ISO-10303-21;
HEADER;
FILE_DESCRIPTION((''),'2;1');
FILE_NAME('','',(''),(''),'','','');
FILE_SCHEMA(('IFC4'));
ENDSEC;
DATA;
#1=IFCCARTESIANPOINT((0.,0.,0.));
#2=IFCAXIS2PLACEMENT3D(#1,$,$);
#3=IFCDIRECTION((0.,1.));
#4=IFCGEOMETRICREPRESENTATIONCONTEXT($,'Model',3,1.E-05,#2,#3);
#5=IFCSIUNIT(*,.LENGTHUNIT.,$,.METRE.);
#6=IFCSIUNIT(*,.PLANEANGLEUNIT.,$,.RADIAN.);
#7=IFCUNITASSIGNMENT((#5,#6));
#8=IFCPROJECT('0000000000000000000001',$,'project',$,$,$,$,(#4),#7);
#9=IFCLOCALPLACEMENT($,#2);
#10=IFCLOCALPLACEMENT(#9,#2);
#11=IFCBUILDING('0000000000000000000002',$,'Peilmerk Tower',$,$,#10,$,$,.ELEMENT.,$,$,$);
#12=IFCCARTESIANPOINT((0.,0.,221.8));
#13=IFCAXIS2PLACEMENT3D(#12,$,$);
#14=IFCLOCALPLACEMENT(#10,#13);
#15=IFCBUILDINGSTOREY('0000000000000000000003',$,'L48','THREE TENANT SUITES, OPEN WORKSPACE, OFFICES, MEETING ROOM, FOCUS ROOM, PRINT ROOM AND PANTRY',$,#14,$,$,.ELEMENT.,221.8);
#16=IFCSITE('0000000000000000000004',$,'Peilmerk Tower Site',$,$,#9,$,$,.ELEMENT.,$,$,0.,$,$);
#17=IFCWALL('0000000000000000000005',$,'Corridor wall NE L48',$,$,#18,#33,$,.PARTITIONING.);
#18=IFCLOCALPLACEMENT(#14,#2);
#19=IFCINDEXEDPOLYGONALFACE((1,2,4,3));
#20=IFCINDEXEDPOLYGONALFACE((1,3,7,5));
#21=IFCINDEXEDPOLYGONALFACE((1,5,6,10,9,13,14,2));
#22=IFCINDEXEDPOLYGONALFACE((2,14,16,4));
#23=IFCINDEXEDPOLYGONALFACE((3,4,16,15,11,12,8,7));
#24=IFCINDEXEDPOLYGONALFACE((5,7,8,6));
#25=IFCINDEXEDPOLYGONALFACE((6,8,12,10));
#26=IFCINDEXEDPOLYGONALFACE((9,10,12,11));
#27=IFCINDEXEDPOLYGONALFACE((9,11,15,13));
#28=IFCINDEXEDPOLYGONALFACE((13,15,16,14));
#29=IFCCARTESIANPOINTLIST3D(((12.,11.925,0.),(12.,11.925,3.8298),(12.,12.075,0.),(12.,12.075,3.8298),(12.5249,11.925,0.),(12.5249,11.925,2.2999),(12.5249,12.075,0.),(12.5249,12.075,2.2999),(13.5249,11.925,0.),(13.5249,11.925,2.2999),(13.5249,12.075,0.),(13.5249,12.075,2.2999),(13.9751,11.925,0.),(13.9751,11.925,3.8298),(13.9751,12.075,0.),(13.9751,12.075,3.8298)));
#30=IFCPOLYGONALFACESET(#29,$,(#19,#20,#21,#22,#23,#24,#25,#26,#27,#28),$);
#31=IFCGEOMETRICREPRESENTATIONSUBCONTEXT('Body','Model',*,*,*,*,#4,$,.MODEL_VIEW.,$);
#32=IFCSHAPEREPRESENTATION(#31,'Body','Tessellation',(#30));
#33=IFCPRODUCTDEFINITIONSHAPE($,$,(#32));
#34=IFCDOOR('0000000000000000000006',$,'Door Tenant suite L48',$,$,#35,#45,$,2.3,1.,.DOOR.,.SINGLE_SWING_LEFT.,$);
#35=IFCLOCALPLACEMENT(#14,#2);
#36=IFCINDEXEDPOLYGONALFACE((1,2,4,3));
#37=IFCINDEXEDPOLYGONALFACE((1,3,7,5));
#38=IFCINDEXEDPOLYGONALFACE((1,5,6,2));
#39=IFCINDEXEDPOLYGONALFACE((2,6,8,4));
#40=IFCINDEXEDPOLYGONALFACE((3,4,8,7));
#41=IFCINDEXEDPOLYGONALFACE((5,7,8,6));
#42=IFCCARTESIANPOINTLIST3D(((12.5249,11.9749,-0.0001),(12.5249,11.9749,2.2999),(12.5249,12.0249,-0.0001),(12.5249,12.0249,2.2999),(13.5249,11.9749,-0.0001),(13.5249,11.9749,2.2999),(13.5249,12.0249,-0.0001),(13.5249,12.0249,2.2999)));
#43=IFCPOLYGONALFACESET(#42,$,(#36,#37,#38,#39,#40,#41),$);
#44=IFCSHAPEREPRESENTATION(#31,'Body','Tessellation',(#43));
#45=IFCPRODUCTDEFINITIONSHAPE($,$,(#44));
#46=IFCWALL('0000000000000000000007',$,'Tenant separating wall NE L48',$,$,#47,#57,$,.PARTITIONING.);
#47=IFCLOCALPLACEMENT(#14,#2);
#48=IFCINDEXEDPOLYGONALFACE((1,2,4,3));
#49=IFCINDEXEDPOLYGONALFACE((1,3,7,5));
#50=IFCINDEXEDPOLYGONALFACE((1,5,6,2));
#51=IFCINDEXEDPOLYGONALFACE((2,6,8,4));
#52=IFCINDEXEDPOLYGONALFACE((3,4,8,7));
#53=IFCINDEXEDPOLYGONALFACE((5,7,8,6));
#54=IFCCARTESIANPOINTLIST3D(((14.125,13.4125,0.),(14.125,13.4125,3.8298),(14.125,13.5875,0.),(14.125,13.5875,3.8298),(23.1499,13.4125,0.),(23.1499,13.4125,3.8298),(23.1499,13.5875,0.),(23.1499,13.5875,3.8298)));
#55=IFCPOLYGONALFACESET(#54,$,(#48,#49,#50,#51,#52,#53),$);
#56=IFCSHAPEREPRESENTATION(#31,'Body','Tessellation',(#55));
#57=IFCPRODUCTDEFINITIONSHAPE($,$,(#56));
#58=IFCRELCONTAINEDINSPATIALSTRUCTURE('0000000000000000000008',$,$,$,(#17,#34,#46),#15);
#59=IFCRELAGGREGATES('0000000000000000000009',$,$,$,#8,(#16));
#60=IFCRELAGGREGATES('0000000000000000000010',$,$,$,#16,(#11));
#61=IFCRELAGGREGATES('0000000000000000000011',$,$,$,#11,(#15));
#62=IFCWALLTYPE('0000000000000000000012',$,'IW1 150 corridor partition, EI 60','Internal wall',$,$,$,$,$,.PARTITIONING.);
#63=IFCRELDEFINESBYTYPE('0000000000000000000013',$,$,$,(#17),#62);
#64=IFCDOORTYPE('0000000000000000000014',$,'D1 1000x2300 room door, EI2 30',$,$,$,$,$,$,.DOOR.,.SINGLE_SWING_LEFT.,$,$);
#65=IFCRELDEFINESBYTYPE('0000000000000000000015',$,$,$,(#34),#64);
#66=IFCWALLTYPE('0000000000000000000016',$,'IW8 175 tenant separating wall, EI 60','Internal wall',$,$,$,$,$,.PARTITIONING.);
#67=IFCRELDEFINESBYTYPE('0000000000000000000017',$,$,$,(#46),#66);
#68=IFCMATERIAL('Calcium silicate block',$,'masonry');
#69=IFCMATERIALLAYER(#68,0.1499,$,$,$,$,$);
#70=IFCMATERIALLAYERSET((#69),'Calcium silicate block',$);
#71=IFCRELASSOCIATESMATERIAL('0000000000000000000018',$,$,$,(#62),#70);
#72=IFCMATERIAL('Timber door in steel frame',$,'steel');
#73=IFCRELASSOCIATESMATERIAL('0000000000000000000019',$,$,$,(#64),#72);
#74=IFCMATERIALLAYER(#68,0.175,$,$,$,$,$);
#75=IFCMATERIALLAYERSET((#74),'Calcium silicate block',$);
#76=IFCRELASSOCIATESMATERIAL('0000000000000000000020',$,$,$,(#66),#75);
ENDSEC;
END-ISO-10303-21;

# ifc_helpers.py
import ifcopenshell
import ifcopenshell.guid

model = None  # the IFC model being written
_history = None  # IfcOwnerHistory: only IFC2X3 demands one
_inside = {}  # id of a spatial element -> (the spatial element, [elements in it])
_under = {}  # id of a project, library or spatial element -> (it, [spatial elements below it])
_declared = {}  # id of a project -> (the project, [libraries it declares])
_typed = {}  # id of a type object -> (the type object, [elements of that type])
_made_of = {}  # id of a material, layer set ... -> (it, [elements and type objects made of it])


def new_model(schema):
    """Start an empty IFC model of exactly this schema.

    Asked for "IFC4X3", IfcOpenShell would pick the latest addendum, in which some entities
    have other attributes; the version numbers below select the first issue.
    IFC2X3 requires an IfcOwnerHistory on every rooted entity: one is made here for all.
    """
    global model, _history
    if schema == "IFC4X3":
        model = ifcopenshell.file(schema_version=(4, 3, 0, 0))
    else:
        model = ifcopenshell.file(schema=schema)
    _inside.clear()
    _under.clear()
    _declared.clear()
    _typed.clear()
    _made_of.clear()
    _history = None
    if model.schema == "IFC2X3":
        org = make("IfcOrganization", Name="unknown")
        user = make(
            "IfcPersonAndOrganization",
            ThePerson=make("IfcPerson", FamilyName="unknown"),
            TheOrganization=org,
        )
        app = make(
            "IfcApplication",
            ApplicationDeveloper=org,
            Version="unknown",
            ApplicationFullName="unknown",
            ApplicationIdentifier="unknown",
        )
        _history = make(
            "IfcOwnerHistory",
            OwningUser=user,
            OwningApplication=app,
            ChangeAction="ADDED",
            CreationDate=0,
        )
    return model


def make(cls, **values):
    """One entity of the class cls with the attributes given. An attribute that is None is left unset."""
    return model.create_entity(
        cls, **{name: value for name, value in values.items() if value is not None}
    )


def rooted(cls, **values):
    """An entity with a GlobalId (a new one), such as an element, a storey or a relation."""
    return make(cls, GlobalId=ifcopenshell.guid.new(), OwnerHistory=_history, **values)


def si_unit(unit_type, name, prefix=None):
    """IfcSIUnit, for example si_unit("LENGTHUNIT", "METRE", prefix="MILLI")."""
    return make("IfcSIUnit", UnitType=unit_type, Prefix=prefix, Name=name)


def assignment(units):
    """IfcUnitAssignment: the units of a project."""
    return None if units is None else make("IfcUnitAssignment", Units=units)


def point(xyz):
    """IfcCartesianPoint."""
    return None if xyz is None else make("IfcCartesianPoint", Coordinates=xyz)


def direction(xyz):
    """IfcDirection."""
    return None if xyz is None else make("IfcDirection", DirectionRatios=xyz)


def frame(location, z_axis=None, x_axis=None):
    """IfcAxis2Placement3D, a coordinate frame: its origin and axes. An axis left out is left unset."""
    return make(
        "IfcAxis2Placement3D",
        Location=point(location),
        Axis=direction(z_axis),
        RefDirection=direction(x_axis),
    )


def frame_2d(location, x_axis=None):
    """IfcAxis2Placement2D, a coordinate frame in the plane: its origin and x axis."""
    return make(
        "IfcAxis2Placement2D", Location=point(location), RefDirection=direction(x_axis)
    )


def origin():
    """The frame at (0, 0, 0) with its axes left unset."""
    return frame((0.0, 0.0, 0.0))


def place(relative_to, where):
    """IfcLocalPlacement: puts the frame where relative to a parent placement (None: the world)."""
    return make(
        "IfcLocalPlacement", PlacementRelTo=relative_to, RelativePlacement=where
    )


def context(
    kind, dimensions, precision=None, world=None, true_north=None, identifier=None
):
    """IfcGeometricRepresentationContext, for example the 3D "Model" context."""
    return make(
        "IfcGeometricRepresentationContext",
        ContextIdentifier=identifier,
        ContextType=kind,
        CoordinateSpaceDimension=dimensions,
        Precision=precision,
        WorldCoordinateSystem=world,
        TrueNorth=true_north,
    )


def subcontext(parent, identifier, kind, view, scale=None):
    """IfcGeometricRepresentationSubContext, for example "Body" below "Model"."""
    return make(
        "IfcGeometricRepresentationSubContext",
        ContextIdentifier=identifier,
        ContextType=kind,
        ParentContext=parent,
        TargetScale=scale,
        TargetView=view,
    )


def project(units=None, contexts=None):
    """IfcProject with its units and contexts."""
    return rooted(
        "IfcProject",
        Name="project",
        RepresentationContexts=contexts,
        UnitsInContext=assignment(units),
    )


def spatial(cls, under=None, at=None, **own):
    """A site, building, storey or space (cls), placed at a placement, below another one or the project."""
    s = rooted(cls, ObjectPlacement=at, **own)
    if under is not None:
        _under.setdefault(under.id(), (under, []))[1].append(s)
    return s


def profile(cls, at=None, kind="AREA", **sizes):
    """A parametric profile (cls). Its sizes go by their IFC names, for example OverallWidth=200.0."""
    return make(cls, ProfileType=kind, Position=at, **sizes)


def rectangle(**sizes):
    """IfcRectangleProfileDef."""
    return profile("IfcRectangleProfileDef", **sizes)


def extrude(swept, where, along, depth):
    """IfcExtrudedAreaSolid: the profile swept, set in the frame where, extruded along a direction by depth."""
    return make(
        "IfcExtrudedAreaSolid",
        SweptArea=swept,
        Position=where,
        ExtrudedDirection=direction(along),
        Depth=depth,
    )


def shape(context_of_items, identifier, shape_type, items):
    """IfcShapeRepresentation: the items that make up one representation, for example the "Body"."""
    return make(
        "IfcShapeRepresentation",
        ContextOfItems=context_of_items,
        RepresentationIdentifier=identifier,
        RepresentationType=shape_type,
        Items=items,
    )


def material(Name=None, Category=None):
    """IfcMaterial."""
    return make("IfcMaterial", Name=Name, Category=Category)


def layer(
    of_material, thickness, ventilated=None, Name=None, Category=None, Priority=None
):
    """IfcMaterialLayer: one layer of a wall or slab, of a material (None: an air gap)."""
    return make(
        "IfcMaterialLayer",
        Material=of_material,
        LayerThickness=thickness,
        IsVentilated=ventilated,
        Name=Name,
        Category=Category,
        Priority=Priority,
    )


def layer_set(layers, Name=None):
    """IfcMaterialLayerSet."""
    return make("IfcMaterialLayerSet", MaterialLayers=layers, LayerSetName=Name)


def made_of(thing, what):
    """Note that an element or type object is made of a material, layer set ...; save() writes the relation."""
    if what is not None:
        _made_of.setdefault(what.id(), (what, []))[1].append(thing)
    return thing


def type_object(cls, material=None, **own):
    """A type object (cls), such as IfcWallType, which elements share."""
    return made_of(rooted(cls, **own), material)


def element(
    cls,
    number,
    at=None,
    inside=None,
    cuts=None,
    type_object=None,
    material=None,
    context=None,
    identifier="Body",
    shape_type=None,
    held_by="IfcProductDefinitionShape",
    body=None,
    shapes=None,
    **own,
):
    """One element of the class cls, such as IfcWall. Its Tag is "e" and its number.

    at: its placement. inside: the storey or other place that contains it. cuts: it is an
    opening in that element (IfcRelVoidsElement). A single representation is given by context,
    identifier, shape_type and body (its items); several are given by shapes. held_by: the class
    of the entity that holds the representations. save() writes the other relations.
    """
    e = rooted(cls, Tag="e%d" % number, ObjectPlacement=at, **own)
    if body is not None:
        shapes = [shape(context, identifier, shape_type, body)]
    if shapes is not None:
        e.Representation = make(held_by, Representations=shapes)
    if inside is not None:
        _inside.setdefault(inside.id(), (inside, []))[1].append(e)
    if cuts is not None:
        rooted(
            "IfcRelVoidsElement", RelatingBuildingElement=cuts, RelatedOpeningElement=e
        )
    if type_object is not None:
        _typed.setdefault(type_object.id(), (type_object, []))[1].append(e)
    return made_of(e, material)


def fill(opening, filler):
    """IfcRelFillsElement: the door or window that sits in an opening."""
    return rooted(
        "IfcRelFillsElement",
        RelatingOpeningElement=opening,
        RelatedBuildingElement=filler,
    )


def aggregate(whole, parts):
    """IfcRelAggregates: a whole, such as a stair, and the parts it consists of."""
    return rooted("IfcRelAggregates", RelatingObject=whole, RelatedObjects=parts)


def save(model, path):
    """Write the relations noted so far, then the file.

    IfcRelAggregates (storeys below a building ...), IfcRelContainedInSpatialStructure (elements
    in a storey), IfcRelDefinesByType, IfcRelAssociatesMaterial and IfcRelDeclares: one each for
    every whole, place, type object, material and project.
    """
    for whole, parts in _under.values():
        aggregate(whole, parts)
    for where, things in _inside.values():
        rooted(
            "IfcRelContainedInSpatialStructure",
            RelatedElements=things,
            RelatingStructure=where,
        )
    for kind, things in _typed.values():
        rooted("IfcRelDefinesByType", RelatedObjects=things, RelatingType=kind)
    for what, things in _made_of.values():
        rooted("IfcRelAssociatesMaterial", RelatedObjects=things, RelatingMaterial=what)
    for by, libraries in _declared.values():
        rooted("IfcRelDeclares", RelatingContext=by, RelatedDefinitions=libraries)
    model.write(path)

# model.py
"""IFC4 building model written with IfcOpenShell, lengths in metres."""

from ifc_helpers import new_model, si_unit, direction, frame, frame_2d, origin, place, context, subcontext, project, spatial, rectangle, extrude, material, layer, layer_set, type_object, element, fill, save


model = new_model("IFC4")

# Units and contexts
model_context = context("Model", 3, precision=1e-05, world=origin(), true_north=direction((0.0, 1.0)))
body_context = subcontext(model_context, "Body", "Model", "MODEL_VIEW")
ifc_project = project(units=[si_unit("LENGTHUNIT", "METRE"), si_unit("PLANEANGLEUNIT", "RADIAN")], contexts=[model_context])

# Site, building, storey
site_placement = place(None, origin())
site = spatial("IfcSite", under=ifc_project, at=site_placement, Name="Peilmerk Tower Site", CompositionType="ELEMENT", RefElevation=0.0)
building_placement = place(site_placement, origin())
building = spatial("IfcBuilding", under=site, at=building_placement, Name="Peilmerk Tower", CompositionType="ELEMENT")
storey_placement = place(building_placement, frame((0.0, 0.0, 221.8)))
storey = spatial("IfcBuildingStorey", under=building, at=storey_placement, Name="L48", Description="THREE TENANT SUITES, OPEN WORKSPACE, OFFICES, MEETING ROOM, FOCUS ROOM, PRINT ROOM AND PANTRY", CompositionType="ELEMENT", Elevation=221.8)

# Wall, opening, door
ifc_material_1 = material(Name="Calcium silicate block", Category="masonry")
ifc_layer_1 = layer(ifc_material_1, 0.1499)
ifc_layer_set_1 = layer_set([ifc_layer_1], Name="Calcium silicate block")
wall_type_1 = type_object("IfcWallType", Name="IW1 150 corridor partition, EI 60", Description="Internal wall", PredefinedType="PARTITIONING", material=ifc_layer_set_1)
wall_1_placement = place(storey_placement, frame((12.0, 12.0, 0.0), z_axis=(0.0, 0.0, 1.0), x_axis=(1.0, 0.0, 0.0)))
wall_1 = element("IfcWall", 1, at=wall_1_placement, inside=storey, type_object=wall_type_1, Name="Corridor wall NE L48", PredefinedType="PARTITIONING", context=body_context, shape_type="SweptSolid", body=[
    extrude(rectangle(XDim=1.9751, YDim=0.1499, at=frame_2d((0.9875, 0.0))), origin(), (0.0, 0.0, 1.0), 3.8298),
])
opening_placement = place(wall_1_placement, frame((0.5249, 0.0, 0.0)))
opening = element("IfcOpeningElement", 2, at=opening_placement, cuts=wall_1, PredefinedType="OPENING", context=body_context, shape_type="SweptSolid", body=[
    extrude(rectangle(XDim=1.0, YDim=2.3, at=frame_2d((0.5, 1.1499))), frame((0.0, 0.085, 0.0), z_axis=(0.0, -1.0, 0.0), x_axis=(1.0, 0.0, 0.0)), (0.0, 0.0, 1.0), 0.1699),
])
ifc_material_2 = material(Name="Timber door in steel frame", Category="steel")
door_type = type_object("IfcDoorType", Name="D1 1000x2300 room door, EI2 30", OperationType="SINGLE_SWING_LEFT", PredefinedType="DOOR", material=ifc_material_2)
door_placement = place(opening_placement, origin())
door = element("IfcDoor", 3, at=door_placement, inside=storey, type_object=door_type, Name="Door Tenant suite L48", OperationType="SINGLE_SWING_LEFT", OverallHeight=2.3, OverallWidth=1.0, PredefinedType="DOOR", context=body_context, shape_type="SweptSolid", body=[
    extrude(rectangle(XDim=1.0, YDim=2.3, at=frame_2d((0.5, 1.1499))), frame((0.0, 0.0249, 0.0), z_axis=(0.0, -1.0, 0.0), x_axis=(1.0, 0.0, 0.0)), (0.0, 0.0, 1.0), 0.05),
])
fill(opening, door)

# Wall
ifc_layer_2 = layer(ifc_material_1, 0.175)
ifc_layer_set_2 = layer_set([ifc_layer_2], Name="Calcium silicate block")
wall_type_2 = type_object("IfcWallType", Name="IW8 175 tenant separating wall, EI 60", Description="Internal wall", PredefinedType="PARTITIONING", material=ifc_layer_set_2)
wall_2_placement = place(storey_placement, frame((14.125, 13.5, 0.0), z_axis=(0.0, 0.0, 1.0), x_axis=(1.0, 0.0, 0.0)))
element("IfcWall", 4, at=wall_2_placement, inside=storey, type_object=wall_type_2, Name="Tenant separating wall NE L48", PredefinedType="PARTITIONING", context=body_context, shape_type="SweptSolid", body=[
    extrude(rectangle(XDim=9.0249, YDim=0.175, at=frame_2d((4.5125, 0.0))), origin(), (0.0, 0.0, 1.0), 3.8298),
])

save(model, "model.ifc")
